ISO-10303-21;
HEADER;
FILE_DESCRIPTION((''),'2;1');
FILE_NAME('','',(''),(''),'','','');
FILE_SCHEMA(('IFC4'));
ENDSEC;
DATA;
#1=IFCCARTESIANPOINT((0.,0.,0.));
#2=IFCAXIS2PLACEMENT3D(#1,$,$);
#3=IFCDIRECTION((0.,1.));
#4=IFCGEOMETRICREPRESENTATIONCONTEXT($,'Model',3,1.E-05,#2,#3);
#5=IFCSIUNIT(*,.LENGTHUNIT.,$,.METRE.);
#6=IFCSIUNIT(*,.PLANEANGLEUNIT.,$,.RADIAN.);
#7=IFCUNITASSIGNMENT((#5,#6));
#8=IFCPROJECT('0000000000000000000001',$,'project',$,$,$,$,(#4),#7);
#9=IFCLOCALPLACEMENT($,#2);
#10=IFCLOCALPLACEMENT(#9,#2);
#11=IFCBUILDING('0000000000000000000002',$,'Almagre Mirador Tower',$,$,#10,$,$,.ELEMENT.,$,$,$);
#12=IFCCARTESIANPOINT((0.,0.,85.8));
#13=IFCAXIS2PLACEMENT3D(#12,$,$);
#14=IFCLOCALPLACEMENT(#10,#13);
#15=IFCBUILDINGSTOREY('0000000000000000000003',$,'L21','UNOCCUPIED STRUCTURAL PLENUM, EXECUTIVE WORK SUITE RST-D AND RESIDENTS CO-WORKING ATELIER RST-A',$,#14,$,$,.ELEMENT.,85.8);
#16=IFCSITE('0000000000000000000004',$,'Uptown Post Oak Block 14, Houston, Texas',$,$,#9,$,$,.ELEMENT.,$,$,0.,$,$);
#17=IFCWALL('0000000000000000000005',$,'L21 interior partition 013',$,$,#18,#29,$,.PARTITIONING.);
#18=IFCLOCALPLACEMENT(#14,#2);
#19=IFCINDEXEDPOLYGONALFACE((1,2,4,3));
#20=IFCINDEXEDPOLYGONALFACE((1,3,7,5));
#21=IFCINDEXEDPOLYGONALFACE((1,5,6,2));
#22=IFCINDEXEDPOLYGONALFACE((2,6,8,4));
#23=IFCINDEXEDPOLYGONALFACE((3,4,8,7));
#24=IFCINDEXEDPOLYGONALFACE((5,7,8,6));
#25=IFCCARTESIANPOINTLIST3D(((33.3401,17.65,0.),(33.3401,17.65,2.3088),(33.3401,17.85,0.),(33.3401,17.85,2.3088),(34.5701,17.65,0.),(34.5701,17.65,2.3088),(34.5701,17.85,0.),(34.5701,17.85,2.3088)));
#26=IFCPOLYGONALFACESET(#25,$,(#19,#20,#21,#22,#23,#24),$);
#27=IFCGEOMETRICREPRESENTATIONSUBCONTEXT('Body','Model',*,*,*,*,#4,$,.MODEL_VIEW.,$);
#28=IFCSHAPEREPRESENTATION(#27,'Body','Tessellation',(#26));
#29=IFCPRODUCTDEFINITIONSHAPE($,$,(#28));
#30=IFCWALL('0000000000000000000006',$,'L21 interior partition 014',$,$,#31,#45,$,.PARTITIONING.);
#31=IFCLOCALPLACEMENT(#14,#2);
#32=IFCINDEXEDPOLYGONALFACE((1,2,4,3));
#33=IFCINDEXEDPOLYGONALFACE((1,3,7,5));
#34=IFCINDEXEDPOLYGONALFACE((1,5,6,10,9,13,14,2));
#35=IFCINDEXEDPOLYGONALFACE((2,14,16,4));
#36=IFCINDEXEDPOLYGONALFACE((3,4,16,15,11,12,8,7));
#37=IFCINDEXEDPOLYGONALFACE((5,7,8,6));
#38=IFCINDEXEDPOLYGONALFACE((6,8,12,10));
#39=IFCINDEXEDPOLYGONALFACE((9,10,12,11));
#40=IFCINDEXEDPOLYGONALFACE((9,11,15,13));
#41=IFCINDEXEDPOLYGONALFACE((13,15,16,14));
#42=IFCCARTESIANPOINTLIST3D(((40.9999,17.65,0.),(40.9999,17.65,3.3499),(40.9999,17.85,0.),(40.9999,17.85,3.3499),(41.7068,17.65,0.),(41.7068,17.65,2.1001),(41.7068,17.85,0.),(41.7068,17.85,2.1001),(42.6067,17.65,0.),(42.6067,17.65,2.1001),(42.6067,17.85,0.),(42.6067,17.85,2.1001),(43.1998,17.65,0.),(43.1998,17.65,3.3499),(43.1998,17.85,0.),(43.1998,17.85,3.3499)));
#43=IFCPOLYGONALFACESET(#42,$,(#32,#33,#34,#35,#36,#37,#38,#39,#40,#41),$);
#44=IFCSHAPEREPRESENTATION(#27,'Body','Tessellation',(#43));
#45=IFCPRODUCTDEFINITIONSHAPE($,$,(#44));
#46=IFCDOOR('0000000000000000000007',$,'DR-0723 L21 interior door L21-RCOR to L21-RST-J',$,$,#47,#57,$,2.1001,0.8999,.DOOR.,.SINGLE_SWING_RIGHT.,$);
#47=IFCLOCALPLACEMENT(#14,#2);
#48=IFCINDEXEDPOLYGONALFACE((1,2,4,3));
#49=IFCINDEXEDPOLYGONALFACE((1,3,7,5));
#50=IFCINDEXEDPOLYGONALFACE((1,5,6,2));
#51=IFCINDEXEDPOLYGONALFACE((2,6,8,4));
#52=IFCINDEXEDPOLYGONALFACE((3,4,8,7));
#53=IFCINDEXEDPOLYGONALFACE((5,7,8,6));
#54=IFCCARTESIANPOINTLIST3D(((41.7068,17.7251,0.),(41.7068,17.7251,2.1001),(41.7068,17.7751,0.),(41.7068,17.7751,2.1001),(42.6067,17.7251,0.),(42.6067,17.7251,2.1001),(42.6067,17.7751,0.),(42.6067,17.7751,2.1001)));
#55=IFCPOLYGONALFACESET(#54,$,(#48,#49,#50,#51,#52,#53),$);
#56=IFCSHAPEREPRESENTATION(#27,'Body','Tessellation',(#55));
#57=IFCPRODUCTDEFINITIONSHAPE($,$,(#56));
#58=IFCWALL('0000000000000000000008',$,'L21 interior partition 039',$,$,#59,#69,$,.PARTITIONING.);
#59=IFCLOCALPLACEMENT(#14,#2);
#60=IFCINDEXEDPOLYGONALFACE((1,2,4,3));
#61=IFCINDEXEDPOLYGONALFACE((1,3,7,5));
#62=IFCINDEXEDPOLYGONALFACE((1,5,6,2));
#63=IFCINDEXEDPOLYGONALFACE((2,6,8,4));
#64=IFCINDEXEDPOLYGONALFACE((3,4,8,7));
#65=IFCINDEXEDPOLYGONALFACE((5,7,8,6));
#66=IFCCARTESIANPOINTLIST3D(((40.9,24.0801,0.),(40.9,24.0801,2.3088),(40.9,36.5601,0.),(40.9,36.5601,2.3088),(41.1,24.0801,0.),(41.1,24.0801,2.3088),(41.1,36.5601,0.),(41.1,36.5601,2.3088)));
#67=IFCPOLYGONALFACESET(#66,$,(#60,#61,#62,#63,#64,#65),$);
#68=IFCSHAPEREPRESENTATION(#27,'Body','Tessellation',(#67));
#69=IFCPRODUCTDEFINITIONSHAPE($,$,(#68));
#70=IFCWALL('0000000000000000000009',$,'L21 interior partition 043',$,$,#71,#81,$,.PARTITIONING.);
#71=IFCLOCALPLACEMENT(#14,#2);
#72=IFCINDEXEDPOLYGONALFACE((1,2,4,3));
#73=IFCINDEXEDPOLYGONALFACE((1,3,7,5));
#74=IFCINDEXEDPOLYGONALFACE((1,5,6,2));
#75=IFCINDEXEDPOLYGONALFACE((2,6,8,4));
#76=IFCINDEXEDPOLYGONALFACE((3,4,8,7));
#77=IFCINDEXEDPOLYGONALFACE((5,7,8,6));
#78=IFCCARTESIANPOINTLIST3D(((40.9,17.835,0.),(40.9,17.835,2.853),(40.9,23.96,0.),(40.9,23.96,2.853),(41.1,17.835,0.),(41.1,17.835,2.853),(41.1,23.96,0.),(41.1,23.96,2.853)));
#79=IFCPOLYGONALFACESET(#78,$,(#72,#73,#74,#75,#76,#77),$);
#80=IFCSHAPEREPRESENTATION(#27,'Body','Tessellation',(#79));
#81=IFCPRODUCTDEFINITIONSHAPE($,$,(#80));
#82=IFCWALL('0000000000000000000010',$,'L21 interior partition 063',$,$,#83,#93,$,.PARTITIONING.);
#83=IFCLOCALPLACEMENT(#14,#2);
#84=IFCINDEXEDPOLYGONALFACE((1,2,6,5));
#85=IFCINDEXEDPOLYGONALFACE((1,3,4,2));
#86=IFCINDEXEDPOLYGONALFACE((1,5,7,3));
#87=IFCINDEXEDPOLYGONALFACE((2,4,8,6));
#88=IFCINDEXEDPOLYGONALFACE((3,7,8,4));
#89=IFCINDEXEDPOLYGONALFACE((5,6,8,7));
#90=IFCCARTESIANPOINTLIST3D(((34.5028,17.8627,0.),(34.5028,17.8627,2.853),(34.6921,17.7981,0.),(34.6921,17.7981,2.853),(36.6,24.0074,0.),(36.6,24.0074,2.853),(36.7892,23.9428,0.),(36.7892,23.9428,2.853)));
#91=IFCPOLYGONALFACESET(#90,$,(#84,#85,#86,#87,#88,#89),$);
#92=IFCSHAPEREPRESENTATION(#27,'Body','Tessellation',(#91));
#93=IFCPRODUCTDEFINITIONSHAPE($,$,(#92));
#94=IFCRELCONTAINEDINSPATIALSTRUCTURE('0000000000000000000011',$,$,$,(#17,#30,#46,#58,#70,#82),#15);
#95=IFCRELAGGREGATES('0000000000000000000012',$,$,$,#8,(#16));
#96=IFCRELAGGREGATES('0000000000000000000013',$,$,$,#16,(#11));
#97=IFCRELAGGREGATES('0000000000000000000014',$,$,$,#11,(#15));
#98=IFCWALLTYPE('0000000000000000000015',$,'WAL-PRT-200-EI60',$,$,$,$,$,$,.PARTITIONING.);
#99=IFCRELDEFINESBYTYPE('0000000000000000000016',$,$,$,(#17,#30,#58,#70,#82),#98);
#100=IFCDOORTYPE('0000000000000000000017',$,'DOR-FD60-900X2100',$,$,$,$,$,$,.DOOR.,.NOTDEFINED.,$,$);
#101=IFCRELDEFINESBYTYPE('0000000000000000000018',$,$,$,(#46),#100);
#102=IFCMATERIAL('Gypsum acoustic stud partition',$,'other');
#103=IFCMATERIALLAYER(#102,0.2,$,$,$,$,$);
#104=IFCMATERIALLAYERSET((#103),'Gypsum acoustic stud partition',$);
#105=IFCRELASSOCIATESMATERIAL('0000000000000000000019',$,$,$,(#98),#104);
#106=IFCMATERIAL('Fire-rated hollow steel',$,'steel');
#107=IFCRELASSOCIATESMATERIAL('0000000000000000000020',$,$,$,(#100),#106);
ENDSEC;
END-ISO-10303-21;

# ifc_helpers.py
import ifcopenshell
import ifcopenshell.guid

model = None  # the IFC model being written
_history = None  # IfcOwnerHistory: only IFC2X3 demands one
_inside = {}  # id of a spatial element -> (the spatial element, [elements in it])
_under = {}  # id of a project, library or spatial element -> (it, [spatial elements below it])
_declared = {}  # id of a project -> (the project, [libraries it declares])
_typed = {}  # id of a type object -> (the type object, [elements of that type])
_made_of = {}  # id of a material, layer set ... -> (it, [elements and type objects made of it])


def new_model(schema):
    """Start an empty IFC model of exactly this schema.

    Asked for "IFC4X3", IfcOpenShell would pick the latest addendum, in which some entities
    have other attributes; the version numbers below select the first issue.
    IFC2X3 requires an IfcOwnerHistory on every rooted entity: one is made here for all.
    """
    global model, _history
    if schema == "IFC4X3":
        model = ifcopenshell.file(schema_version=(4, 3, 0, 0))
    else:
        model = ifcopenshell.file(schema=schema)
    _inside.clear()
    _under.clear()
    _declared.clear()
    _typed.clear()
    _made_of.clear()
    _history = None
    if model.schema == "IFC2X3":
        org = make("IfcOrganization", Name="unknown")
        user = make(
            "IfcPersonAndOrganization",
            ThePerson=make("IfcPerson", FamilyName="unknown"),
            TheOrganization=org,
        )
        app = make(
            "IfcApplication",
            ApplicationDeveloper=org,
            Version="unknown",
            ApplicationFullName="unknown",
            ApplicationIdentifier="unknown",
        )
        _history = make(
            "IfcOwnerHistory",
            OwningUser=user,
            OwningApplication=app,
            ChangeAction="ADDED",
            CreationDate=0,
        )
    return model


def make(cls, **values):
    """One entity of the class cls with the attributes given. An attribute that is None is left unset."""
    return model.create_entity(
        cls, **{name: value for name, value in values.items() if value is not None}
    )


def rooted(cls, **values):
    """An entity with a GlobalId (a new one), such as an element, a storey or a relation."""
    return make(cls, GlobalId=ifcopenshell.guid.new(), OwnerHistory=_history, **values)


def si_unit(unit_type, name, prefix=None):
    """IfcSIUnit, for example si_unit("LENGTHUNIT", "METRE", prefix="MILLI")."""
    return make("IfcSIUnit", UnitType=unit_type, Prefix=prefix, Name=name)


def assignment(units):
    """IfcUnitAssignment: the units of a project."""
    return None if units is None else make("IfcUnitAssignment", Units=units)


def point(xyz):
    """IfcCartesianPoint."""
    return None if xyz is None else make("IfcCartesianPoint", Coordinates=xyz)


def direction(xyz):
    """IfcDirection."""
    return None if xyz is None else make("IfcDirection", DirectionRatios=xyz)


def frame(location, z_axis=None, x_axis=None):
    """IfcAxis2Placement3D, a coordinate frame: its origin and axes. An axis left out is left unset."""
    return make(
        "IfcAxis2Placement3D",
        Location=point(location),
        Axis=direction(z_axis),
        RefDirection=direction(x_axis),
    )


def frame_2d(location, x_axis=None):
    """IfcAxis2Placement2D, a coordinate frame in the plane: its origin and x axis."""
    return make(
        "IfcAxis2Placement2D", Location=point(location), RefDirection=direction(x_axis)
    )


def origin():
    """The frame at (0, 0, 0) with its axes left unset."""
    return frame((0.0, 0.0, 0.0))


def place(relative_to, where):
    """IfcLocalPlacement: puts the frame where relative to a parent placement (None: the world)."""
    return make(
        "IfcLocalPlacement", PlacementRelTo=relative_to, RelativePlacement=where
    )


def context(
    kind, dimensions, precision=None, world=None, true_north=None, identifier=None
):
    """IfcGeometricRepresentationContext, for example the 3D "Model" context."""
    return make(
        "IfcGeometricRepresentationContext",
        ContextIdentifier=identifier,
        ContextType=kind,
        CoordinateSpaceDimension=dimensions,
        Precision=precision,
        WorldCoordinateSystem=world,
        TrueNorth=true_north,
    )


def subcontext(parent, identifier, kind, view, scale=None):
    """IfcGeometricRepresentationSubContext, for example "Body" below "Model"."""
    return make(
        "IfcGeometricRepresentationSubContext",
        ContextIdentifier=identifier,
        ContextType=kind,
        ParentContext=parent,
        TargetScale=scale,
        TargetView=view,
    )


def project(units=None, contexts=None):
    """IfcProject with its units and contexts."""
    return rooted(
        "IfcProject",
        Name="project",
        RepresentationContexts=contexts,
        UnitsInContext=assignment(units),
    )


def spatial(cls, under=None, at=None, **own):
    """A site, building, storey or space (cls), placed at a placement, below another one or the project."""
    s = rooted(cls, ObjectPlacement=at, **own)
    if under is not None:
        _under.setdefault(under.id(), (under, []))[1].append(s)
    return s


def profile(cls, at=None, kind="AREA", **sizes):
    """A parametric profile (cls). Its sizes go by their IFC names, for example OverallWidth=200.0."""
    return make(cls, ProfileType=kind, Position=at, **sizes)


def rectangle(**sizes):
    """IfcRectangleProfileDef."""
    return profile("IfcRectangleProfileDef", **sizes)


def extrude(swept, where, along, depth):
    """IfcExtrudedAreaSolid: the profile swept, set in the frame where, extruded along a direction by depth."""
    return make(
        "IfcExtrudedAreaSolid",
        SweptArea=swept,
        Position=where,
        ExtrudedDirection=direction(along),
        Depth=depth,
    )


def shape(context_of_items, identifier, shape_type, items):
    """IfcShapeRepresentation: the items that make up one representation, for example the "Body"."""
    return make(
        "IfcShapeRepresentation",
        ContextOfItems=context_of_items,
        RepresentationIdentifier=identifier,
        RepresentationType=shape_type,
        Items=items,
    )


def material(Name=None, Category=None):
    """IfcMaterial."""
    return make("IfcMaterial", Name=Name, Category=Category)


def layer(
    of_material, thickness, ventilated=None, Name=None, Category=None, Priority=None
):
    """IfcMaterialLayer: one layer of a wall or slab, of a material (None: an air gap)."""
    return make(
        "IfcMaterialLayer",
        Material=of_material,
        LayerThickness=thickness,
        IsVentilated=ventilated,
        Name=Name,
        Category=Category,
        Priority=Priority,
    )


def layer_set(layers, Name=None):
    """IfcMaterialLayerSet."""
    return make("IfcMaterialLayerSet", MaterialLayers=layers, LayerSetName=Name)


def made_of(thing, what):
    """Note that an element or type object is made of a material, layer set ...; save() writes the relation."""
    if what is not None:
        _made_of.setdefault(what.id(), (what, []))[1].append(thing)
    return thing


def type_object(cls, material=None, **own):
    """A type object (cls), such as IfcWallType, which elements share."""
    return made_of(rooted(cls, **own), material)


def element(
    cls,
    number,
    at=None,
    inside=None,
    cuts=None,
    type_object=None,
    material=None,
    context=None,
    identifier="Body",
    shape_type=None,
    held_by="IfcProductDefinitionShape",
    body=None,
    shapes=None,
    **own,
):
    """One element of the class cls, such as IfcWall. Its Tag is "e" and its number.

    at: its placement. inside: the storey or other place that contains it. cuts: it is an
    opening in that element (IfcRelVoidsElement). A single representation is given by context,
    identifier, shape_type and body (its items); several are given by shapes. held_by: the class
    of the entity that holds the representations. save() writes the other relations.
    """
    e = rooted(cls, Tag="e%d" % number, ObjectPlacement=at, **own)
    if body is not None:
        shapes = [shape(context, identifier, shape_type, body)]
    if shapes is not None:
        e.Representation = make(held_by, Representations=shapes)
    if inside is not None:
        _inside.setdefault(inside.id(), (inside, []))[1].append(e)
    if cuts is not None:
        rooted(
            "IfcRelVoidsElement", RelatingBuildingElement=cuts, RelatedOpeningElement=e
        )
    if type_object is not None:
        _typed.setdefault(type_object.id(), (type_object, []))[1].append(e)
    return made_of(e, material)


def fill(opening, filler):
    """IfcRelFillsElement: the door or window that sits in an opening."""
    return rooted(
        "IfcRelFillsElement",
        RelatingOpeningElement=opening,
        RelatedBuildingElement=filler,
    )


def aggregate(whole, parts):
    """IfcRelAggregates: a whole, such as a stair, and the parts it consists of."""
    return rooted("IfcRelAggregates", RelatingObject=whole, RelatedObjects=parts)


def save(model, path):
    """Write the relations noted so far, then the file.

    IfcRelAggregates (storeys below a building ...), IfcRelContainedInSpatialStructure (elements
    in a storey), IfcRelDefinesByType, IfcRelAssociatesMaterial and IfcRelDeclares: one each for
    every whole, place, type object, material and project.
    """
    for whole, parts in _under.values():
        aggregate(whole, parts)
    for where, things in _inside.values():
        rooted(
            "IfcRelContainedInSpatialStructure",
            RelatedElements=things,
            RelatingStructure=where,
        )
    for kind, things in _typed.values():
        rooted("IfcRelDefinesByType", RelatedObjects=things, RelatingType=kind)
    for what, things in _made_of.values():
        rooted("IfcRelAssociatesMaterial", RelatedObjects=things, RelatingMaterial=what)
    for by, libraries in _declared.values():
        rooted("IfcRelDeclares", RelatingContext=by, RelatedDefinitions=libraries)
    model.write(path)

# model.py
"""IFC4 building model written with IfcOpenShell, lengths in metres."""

from ifc_helpers import new_model, si_unit, direction, frame, frame_2d, origin, place, context, subcontext, project, spatial, rectangle, extrude, material, layer, layer_set, type_object, element, fill, save


model = new_model("IFC4")

# Units and contexts
model_context = context("Model", 3, precision=1e-05, world=origin(), true_north=direction((0.0, 1.0)))
body_context = subcontext(model_context, "Body", "Model", "MODEL_VIEW")
ifc_project = project(units=[si_unit("LENGTHUNIT", "METRE"), si_unit("PLANEANGLEUNIT", "RADIAN")], contexts=[model_context])

# Site, building, storey
site_placement = place(None, origin())
site = spatial("IfcSite", under=ifc_project, at=site_placement, Name="Uptown Post Oak Block 14, Houston, Texas", CompositionType="ELEMENT", RefElevation=0.0)
building_placement = place(site_placement, origin())
building = spatial("IfcBuilding", under=site, at=building_placement, Name="Almagre Mirador Tower", CompositionType="ELEMENT")
storey_placement = place(building_placement, frame((0.0, 0.0, 85.8)))
storey = spatial("IfcBuildingStorey", under=building, at=storey_placement, Name="L21", Description="UNOCCUPIED STRUCTURAL PLENUM, EXECUTIVE WORK SUITE RST-D AND RESIDENTS CO-WORKING ATELIER RST-A", CompositionType="ELEMENT", Elevation=85.8)

# Shared definitions
ifc_material_1 = material(Name="Gypsum acoustic stud partition", Category="other")
ifc_layer_1 = layer(ifc_material_1, 0.2)
ifc_layer_set_1 = layer_set([ifc_layer_1], Name="Gypsum acoustic stud partition")
wall_type_1 = type_object("IfcWallType", Name="WAL-PRT-200-EI60", PredefinedType="PARTITIONING", material=ifc_layer_set_1)

# Wall
wall_1_placement = place(storey_placement, frame((34.5701, 17.75, 0.0), z_axis=(0.0, 0.0, 1.0), x_axis=(-1.0, 0.0, 0.0)))
element("IfcWall", 1, at=wall_1_placement, inside=storey, type_object=wall_type_1, Name="L21 interior partition 013", PredefinedType="PARTITIONING", context=body_context, shape_type="SweptSolid", body=[
    extrude(rectangle(XDim=1.23, YDim=0.2, at=frame_2d((0.615, 0.0))), origin(), (0.0, 0.0, 1.0), 2.3088),
])

# Wall, opening, door
wall_2_placement = place(storey_placement, frame((43.2, 17.75, 0.0), z_axis=(0.0, 0.0, 1.0), x_axis=(-1.0, 0.0, 0.0)))
wall_2 = element("IfcWall", 2, at=wall_2_placement, inside=storey, type_object=wall_type_1, Name="L21 interior partition 014", PredefinedType="PARTITIONING", context=body_context, shape_type="SweptSolid", body=[
    extrude(rectangle(XDim=2.2, YDim=0.2, at=frame_2d((1.1001, 0.0))), origin(), (0.0, 0.0, 1.0), 3.3499),
])
opening_1_placement = place(wall_2_placement, frame((0.5933, 0.0, 0.0)))
opening_1 = element("IfcOpeningElement", 3, at=opening_1_placement, cuts=wall_2, PredefinedType="OPENING", context=body_context, shape_type="SweptSolid", body=[
    extrude(rectangle(XDim=0.8999, YDim=2.1001, at=frame_2d((0.45, 1.05))), frame((0.0, 0.1101, 0.0), z_axis=(0.0, -1.0, 0.0), x_axis=(1.0, 0.0, 0.0)), (0.0, 0.0, 1.0), 0.22),
])
ifc_material_2 = material(Name="Fire-rated hollow steel", Category="steel")
door_type_1 = type_object("IfcDoorType", Name="DOR-FD60-900X2100", OperationType="NOTDEFINED", PredefinedType="DOOR", material=ifc_material_2)
door_1_placement = place(opening_1_placement, origin())
door_1 = element("IfcDoor", 4, at=door_1_placement, inside=storey, type_object=door_type_1, Name="DR-0723 L21 interior door L21-RCOR to L21-RST-J", OperationType="SINGLE_SWING_RIGHT", OverallHeight=2.1001, OverallWidth=0.8999, PredefinedType="DOOR", context=body_context, shape_type="SweptSolid", body=[
    extrude(rectangle(XDim=0.8999, YDim=2.1001, at=frame_2d((0.45, 1.05))), frame((0.0, 0.0249, 0.0), z_axis=(0.0, -1.0, 0.0), x_axis=(1.0, 0.0, 0.0)), (0.0, 0.0, 1.0), 0.05),
])
fill(opening_1, door_1)

# Walls
wall_3_placement = place(storey_placement, frame((41.0, 24.0801, 0.0), z_axis=(0.0, 0.0, 1.0), x_axis=(0.0, 1.0, 0.0)))
element("IfcWall", 5, at=wall_3_placement, inside=storey, type_object=wall_type_1, Name="L21 interior partition 039", PredefinedType="PARTITIONING", context=body_context, shape_type="SweptSolid", body=[
    extrude(rectangle(XDim=12.48, YDim=0.2, at=frame_2d((6.24, 0.0))), origin(), (0.0, 0.0, 1.0), 2.3088),
])
wall_4_placement = place(storey_placement, frame((41.0, 17.835, 0.0), z_axis=(0.0, 0.0, 1.0), x_axis=(0.0, 1.0, 0.0)))
element("IfcWall", 6, at=wall_4_placement, inside=storey, type_object=wall_type_1, Name="L21 interior partition 043", PredefinedType="PARTITIONING", context=body_context, shape_type="SweptSolid", body=[
    extrude(rectangle(XDim=6.125, YDim=0.2, at=frame_2d((3.0625, 0.0))), origin(), (0.0, 0.0, 1.0), 2.853),
])
wall_5_placement = place(storey_placement, frame((36.6946, 23.9751, 0.0), z_axis=(0.0, 0.0, 1.0), x_axis=(-0.322999, -0.946399, 0.0)))
element("IfcWall", 7, at=wall_5_placement, inside=storey, type_object=wall_type_1, Name="L21 interior partition 063", PredefinedType="PARTITIONING", context=body_context, shape_type="SweptSolid", body=[
    extrude(rectangle(XDim=6.4927, YDim=0.2, at=frame_2d((3.2463, 0.0))), origin(), (0.0, 0.0, 1.0), 2.853),
])

save(model, "model.ifc")
